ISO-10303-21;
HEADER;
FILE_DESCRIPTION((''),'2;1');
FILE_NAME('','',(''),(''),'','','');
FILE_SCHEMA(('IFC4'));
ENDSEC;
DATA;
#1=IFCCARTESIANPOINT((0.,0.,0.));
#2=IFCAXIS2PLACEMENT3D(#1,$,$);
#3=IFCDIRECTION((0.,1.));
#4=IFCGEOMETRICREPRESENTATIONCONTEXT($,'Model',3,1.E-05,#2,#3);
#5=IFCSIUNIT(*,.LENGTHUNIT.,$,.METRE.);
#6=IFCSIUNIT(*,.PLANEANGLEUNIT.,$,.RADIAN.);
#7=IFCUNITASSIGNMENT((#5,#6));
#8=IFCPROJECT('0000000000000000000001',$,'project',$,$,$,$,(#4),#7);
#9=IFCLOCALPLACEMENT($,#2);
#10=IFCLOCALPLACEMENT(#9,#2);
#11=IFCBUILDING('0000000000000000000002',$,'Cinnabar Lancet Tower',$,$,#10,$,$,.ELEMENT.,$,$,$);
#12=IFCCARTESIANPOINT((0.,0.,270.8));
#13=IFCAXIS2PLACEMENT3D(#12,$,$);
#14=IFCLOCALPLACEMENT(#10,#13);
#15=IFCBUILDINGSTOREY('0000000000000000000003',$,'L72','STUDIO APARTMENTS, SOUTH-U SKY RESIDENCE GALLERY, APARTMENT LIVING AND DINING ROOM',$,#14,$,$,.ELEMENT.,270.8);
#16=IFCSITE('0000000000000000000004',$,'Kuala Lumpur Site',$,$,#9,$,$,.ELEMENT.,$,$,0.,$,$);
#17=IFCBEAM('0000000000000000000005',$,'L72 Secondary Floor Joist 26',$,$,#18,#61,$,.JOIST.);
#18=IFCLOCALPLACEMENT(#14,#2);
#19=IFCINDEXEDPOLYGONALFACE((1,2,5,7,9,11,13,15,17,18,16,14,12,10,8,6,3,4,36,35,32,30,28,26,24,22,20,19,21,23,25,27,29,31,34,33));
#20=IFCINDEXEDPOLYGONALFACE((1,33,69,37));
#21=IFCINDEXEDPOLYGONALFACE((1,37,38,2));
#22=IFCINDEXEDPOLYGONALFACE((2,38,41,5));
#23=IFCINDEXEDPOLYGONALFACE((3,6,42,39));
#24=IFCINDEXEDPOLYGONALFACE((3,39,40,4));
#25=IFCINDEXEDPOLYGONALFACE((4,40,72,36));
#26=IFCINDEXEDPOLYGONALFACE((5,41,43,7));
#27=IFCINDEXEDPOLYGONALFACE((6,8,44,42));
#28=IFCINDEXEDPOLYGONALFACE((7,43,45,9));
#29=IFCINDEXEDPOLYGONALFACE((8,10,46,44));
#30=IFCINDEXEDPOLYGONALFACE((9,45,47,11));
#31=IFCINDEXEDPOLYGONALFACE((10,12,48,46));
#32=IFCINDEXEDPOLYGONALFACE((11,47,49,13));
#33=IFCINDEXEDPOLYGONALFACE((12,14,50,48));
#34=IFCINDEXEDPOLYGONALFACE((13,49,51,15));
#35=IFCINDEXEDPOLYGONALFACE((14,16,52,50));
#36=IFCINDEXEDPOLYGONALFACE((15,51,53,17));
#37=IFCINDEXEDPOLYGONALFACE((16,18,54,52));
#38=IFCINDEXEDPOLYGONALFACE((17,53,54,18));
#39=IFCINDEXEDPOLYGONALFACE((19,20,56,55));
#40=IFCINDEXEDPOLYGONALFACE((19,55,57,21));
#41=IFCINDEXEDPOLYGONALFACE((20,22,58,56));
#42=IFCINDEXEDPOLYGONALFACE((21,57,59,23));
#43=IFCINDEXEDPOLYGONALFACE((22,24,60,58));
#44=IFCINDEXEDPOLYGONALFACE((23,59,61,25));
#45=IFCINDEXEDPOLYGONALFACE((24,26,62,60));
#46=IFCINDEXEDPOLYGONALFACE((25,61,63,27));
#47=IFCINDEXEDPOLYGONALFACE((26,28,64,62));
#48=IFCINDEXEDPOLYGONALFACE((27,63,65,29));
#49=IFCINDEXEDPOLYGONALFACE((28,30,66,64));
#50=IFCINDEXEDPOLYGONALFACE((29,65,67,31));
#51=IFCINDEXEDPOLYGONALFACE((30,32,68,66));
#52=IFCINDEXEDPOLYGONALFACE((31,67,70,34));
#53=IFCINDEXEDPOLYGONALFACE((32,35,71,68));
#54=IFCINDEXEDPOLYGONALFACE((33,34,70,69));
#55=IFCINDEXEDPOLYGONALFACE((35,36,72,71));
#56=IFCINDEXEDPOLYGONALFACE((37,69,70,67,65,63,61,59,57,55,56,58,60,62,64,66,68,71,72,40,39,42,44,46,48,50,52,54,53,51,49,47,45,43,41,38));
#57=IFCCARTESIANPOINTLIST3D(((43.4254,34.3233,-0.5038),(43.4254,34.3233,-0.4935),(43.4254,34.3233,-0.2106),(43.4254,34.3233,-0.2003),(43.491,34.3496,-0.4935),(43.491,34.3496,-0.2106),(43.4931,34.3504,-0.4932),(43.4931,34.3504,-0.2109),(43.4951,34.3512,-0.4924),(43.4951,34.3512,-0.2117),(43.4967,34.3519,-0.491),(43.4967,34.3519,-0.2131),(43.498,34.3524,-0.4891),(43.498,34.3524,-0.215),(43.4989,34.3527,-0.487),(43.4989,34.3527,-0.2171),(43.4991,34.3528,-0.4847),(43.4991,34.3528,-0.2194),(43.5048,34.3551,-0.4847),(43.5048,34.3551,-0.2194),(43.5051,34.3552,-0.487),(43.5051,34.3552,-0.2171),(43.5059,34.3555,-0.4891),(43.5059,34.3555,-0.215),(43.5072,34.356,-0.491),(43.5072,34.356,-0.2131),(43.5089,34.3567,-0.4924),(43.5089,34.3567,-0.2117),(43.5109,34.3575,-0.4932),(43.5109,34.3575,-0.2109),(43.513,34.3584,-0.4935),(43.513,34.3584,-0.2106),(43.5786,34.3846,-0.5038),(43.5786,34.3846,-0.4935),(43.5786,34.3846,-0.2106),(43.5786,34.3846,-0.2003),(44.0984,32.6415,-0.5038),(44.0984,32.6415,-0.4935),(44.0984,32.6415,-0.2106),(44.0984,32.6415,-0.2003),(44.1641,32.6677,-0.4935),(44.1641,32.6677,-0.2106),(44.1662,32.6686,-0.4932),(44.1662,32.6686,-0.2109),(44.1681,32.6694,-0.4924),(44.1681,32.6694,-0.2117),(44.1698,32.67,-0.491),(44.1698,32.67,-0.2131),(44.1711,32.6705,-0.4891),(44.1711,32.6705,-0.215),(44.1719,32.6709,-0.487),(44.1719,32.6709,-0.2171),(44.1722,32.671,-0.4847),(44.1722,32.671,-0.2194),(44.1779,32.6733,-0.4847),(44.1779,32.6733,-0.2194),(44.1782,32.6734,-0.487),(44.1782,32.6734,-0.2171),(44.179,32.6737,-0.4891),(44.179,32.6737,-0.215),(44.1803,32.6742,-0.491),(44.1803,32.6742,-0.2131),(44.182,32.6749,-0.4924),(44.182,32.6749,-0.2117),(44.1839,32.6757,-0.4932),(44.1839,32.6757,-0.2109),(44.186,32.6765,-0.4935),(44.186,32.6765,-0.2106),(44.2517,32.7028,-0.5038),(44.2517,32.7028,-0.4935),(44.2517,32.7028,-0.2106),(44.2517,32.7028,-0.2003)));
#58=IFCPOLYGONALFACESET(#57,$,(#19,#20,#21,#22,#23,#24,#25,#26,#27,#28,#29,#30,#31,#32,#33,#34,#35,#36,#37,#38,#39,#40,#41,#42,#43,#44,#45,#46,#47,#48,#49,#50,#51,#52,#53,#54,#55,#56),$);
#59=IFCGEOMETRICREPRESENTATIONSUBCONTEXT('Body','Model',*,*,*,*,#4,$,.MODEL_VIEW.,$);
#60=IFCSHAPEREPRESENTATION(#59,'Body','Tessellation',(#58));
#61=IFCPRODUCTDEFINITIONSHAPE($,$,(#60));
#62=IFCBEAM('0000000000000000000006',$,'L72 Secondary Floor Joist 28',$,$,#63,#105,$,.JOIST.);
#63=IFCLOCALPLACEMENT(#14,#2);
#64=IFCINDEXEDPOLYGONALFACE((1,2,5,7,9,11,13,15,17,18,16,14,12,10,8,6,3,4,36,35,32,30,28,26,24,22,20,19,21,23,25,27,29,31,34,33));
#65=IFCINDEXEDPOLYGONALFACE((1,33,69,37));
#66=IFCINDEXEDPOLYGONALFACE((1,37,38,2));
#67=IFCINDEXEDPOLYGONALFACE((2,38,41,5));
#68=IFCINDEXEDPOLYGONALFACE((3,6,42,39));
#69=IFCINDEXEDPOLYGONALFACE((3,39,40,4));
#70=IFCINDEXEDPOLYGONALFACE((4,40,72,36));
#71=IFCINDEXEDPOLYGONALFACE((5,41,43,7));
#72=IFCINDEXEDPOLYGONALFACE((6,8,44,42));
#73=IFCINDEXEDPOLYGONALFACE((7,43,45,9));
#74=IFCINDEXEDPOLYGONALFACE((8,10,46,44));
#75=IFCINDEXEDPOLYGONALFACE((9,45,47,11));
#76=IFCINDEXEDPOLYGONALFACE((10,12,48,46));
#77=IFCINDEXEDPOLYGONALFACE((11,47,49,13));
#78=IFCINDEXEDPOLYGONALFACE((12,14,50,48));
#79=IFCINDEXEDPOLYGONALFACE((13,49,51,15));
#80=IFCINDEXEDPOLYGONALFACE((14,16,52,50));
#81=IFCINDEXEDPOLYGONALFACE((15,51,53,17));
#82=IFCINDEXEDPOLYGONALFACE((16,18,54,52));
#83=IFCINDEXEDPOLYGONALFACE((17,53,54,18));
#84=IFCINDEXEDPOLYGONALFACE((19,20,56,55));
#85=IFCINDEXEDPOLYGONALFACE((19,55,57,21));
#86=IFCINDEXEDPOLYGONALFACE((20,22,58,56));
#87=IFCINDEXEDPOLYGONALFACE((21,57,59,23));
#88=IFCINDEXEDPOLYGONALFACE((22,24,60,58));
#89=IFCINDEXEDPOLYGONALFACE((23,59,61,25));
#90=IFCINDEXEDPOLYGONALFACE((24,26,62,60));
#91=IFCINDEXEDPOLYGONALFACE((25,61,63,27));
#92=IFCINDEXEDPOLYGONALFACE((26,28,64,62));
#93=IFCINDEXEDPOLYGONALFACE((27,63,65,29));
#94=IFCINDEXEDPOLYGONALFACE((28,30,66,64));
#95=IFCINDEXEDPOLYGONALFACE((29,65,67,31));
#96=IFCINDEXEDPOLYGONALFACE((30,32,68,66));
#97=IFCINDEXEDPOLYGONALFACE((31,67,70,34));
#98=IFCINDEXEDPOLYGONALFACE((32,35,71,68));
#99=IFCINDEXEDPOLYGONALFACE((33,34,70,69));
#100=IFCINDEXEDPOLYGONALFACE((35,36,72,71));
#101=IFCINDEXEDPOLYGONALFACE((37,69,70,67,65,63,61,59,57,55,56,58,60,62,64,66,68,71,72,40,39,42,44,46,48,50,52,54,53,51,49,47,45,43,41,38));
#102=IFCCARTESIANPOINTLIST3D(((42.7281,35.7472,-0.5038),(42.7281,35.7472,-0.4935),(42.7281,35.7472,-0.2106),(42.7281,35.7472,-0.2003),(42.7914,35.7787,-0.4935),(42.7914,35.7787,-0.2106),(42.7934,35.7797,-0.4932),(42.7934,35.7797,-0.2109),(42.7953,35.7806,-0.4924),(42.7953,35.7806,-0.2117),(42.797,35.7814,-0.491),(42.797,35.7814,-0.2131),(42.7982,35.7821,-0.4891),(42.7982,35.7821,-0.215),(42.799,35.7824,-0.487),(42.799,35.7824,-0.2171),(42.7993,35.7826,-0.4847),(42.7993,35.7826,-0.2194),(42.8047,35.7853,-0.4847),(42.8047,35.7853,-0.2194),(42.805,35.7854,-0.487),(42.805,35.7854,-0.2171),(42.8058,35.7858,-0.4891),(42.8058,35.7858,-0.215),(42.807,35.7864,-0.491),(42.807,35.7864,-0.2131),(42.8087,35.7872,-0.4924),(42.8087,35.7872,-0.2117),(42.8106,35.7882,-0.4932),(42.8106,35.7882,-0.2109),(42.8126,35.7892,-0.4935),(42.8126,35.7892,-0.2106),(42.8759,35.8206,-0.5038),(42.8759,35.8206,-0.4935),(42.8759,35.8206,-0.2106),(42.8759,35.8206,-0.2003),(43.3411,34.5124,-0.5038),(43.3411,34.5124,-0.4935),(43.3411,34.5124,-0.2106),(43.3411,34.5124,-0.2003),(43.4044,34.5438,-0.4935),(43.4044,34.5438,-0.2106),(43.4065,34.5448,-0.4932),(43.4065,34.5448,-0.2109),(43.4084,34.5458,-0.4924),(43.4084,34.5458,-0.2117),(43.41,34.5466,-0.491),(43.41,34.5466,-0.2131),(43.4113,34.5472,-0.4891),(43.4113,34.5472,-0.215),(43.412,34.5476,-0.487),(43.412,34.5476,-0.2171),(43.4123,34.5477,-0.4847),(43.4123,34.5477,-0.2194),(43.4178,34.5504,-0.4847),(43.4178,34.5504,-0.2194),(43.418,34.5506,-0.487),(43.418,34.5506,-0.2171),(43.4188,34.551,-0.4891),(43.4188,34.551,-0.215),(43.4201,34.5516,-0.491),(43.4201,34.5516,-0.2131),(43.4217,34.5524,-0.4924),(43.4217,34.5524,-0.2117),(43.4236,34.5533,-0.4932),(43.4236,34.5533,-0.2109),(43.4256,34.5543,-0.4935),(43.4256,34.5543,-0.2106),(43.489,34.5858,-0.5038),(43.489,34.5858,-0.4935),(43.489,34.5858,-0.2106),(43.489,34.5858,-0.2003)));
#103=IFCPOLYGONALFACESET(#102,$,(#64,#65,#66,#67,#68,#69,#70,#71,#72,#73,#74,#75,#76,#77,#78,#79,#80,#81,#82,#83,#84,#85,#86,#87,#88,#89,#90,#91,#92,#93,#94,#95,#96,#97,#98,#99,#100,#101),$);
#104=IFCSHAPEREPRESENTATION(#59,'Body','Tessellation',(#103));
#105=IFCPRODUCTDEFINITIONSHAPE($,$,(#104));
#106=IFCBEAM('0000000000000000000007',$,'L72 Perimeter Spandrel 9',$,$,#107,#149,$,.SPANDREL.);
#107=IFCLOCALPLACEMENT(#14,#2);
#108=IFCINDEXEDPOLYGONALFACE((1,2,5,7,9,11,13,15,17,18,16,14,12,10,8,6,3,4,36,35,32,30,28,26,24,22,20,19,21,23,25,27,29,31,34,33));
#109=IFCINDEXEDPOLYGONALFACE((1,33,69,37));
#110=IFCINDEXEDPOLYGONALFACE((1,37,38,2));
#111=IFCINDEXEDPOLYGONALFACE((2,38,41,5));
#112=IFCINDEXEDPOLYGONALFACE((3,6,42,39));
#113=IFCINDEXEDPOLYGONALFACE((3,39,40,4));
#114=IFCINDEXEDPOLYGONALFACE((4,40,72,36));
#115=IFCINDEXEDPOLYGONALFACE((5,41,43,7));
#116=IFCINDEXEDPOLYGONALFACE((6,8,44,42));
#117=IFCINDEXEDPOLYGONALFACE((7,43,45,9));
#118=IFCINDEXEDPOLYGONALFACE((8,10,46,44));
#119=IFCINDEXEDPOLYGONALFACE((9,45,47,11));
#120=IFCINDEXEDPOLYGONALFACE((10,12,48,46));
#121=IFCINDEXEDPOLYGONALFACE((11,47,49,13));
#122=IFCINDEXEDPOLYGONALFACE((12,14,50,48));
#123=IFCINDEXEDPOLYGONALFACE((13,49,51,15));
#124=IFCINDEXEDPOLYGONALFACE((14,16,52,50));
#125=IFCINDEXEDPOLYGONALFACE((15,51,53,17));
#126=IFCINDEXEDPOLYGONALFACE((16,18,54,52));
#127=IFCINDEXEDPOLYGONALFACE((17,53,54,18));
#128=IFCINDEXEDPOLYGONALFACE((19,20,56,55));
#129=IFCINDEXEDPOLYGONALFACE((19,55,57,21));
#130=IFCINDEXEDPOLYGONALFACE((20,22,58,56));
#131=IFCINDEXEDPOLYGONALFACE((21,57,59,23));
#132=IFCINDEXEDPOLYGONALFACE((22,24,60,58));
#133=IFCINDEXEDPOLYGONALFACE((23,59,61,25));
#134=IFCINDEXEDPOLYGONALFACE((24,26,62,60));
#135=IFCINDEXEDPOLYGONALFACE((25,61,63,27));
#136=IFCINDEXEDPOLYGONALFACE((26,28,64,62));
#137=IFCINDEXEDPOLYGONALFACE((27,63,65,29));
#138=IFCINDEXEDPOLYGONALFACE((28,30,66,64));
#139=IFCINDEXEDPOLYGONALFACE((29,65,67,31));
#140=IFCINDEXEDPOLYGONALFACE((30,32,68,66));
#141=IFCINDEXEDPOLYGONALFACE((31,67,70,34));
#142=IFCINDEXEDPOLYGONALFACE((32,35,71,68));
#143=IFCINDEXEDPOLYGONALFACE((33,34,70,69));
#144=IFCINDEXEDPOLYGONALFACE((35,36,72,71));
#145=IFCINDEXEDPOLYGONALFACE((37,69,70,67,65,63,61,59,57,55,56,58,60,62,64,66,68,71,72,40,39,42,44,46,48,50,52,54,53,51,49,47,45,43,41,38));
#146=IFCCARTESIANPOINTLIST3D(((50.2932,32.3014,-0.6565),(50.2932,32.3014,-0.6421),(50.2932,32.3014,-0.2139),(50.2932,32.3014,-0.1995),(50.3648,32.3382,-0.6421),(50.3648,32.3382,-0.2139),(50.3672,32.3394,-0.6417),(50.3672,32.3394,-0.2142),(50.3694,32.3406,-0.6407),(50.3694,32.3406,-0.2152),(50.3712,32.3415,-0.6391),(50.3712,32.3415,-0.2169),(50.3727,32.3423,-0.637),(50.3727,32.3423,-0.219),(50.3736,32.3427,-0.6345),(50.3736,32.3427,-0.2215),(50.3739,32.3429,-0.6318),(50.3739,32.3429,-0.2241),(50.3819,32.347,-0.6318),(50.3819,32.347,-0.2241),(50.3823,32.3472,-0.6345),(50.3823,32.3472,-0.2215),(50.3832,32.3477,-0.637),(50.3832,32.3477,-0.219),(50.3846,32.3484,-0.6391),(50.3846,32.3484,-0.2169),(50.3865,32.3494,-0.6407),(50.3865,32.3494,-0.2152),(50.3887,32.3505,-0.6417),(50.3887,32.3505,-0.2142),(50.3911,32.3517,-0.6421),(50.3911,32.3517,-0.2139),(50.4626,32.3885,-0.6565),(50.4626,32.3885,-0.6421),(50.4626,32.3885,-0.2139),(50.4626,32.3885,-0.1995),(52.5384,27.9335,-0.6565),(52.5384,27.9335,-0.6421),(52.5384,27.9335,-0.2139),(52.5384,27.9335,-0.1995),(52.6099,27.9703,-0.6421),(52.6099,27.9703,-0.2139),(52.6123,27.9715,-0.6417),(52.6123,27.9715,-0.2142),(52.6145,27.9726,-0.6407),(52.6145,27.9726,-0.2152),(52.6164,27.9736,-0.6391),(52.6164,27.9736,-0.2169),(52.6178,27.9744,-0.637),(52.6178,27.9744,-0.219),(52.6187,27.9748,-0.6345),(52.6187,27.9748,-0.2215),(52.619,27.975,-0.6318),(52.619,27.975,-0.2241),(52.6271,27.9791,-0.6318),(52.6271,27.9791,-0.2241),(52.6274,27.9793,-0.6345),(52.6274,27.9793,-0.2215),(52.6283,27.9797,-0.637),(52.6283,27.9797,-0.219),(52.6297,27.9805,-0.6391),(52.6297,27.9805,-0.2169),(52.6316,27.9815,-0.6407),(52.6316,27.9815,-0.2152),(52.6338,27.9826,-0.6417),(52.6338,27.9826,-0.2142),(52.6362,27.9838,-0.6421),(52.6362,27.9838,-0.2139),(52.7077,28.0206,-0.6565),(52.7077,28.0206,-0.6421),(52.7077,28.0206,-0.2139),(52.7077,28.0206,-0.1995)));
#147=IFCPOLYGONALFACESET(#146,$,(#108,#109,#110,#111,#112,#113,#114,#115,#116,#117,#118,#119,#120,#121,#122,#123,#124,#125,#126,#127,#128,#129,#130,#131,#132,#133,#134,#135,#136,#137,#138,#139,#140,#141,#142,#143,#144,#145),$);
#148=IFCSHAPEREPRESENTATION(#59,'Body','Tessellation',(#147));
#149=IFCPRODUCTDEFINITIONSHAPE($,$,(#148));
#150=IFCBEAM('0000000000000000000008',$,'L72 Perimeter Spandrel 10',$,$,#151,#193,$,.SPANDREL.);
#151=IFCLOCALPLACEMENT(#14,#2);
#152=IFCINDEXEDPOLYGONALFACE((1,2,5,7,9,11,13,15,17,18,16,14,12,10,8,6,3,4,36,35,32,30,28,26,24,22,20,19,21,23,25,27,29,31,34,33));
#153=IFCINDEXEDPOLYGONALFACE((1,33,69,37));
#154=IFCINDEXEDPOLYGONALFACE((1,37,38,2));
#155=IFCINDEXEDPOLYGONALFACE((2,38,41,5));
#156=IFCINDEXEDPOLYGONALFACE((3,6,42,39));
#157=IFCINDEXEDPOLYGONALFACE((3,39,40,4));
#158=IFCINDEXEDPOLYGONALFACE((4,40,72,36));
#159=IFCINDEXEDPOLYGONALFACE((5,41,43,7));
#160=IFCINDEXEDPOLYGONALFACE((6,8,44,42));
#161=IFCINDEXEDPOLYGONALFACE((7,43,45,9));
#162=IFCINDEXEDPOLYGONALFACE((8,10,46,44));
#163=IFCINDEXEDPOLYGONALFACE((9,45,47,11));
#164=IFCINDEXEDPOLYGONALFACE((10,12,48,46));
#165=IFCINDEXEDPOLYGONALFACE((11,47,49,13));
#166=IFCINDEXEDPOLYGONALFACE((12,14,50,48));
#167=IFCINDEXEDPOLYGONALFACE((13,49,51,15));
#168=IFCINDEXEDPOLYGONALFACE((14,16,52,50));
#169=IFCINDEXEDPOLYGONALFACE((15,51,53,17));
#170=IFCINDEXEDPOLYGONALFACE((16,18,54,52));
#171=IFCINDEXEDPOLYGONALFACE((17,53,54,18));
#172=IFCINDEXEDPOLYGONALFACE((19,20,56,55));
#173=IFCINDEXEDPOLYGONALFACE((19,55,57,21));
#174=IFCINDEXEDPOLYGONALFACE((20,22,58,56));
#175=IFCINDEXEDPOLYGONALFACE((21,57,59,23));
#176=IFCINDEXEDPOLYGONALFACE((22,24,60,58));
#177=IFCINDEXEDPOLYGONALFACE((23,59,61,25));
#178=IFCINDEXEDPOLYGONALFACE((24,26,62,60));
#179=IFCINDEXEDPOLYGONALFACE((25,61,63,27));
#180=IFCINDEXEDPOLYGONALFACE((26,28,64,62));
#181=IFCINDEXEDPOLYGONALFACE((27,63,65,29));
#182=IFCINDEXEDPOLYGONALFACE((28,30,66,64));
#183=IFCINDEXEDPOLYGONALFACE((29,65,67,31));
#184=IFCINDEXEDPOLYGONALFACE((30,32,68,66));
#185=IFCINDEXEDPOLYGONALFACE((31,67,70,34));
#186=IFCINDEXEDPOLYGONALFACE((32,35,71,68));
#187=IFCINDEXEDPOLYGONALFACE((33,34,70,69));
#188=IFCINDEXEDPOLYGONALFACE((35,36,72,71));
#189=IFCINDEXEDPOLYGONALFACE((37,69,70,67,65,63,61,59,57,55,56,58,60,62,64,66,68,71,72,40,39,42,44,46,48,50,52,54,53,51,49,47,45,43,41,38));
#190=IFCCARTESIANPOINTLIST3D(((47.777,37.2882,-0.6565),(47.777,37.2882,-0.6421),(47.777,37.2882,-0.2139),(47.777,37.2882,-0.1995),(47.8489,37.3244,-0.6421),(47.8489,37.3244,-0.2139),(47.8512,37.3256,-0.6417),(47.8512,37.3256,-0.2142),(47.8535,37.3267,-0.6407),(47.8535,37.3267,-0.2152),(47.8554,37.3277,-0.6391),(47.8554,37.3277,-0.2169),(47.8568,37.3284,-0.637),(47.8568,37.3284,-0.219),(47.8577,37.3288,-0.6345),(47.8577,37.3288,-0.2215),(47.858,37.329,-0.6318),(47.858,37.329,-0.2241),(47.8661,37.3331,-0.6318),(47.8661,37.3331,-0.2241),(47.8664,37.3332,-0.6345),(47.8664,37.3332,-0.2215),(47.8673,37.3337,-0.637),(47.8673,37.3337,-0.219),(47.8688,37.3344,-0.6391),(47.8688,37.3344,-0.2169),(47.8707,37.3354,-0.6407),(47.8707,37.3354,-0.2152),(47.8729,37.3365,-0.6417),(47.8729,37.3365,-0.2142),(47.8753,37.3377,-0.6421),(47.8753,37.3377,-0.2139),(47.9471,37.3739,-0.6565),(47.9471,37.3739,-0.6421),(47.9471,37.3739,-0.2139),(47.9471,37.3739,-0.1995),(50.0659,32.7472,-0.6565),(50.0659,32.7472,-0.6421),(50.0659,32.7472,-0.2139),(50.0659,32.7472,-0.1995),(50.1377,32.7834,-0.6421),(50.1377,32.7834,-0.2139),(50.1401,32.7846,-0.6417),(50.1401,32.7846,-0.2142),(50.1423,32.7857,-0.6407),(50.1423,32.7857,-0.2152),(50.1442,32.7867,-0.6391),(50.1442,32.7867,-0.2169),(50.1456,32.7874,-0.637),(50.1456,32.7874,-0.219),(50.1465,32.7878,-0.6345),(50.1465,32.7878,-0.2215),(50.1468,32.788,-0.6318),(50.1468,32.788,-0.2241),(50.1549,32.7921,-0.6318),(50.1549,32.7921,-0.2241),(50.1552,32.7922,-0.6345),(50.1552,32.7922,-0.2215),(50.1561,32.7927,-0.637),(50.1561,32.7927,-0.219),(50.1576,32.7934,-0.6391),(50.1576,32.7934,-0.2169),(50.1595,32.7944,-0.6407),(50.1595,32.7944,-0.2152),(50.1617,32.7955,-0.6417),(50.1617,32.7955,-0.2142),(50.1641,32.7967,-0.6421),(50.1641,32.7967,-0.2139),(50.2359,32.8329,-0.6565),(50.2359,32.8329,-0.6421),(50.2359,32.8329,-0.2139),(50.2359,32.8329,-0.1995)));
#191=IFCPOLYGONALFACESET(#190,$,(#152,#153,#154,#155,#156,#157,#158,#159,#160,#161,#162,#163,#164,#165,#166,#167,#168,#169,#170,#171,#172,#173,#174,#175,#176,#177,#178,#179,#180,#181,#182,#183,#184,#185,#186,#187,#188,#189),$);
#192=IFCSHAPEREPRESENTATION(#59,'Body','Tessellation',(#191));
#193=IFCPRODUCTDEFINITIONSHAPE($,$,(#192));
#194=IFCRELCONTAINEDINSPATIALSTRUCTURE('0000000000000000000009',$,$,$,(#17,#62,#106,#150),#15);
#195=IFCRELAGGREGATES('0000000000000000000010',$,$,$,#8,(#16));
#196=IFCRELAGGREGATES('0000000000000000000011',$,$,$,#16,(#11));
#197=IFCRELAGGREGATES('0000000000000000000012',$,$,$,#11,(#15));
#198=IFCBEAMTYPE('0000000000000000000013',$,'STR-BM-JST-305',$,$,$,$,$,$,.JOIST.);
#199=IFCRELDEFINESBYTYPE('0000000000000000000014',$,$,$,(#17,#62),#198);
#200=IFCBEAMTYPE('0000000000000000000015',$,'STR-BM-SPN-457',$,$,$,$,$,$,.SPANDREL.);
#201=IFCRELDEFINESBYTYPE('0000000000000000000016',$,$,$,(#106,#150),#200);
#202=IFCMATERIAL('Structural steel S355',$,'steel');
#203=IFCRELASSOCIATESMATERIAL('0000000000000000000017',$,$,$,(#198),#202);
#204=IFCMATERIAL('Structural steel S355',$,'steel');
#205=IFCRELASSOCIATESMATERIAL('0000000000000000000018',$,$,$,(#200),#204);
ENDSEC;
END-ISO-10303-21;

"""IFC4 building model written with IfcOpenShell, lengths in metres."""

from ifc_helpers import new_model, si_unit, direction, frame, origin, origin_2d, place, context, subcontext, project, spatial, i_section, extrude, material, material_profile, profile_set, type_object, element, save


model = new_model("IFC4")

# Units and contexts
model_context = context("Model", 3, precision=1e-05, world=origin(), true_north=direction((0.0, 1.0)))
body_context = subcontext(model_context, "Body", "Model", "MODEL_VIEW")
ifc_project = project(units=[si_unit("LENGTHUNIT", "METRE"), si_unit("PLANEANGLEUNIT", "RADIAN")], contexts=[model_context])

# Site, building, storey
site_placement = place(None, origin())
site = spatial("IfcSite", under=ifc_project, at=site_placement, Name="Kuala Lumpur Site", CompositionType="ELEMENT", RefElevation=0.0)
building_placement = place(site_placement, origin())
building = spatial("IfcBuilding", under=site, at=building_placement, Name="Cinnabar Lancet Tower", CompositionType="ELEMENT")
storey_placement = place(building_placement, frame((0.0, 0.0, 270.8)))
storey = spatial("IfcBuildingStorey", under=building, at=storey_placement, Name="L72", Description="STUDIO APARTMENTS, SOUTH-U SKY RESIDENCE GALLERY, APARTMENT LIVING AND DINING ROOM", CompositionType="ELEMENT", Elevation=270.8)

# Beams
ifc_material_1 = material(Name="Structural steel S355", Category="steel")
ifc_material_profile_1 = material_profile(ifc_material_1, i_section(OverallWidth=0.165, OverallDepth=0.3035, WebThickness=0.0061, FlangeThickness=0.0103, FilletRadius=0.0088, at=origin_2d()), Name="UKB 305x165x40")
ifc_profile_set_1 = profile_set([ifc_material_profile_1], Name="Structural steel S355")
beam_type_1 = type_object("IfcBeamType", Name="STR-BM-JST-305", PredefinedType="JOIST", material=ifc_profile_set_1)
beam_1_placement = place(storey_placement, frame((44.175, 32.6721, -0.3521), z_axis=(-0.371553, 0.928412, 0.0), x_axis=(-0.928412, -0.371553, 0.0)))
element("IfcBeam", 1, at=beam_1_placement, inside=storey, type_object=beam_type_1, Name="L72 Secondary Floor Joist 26", PredefinedType="JOIST", context=body_context, shape_type="SweptSolid", body=[
    extrude(i_section(OverallWidth=0.165, OverallDepth=0.3035, WebThickness=0.0061, FlangeThickness=0.0103, FilletRadius=0.0088, at=origin_2d()), origin(), (0.0, 0.0, 1.0), 1.8115),
])
beam_2_placement = place(storey_placement, frame((43.415, 34.5491, -0.3521), z_axis=(-0.444662, 0.895699, 0.0), x_axis=(-0.895699, -0.444662, 0.0)))
element("IfcBeam", 2, at=beam_2_placement, inside=storey, type_object=beam_type_1, Name="L72 Secondary Floor Joist 28", PredefinedType="JOIST", context=body_context, shape_type="SweptSolid", body=[
    extrude(i_section(OverallWidth=0.165, OverallDepth=0.3035, WebThickness=0.0061, FlangeThickness=0.0103, FilletRadius=0.0088, at=origin_2d()), origin(), (0.0, 0.0, 1.0), 1.3787),
])
ifc_material_2 = material(Name="Structural steel S355", Category="steel")
ifc_material_profile_2 = material_profile(ifc_material_2, i_section(OverallWidth=0.1904, OverallDepth=0.457, WebThickness=0.009, FlangeThickness=0.0144, FilletRadius=0.0103, at=origin_2d()), Name="UKB 457x191x74")
ifc_profile_set_2 = profile_set([ifc_material_profile_2], Name="Structural steel S355")
beam_type_2 = type_object("IfcBeamType", Name="STR-BM-SPN-457", PredefinedType="SPANDREL", material=ifc_profile_set_2)
beam_3_placement = place(storey_placement, frame((52.623, 27.9771, -0.428), z_axis=(-0.457148, 0.889391, 0.0), x_axis=(-0.889391, -0.457148, 0.0)))
element("IfcBeam", 3, at=beam_3_placement, inside=storey, type_object=beam_type_2, Name="L72 Perimeter Spandrel 9", PredefinedType="SPANDREL", context=body_context, shape_type="SweptSolid", body=[
    extrude(i_section(OverallWidth=0.1904, OverallDepth=0.457, WebThickness=0.009, FlangeThickness=0.0144, FilletRadius=0.0103, at=origin_2d()), origin(), (0.0, 0.0, 1.0), 4.9111),
])
beam_4_placement = place(storey_placement, frame((50.1509, 32.79, -0.428), z_axis=(-0.450092, 0.892982, 0.0), x_axis=(-0.892982, -0.450092, 0.0)))
element("IfcBeam", 4, at=beam_4_placement, inside=storey, type_object=beam_type_2, Name="L72 Perimeter Spandrel 10", PredefinedType="SPANDREL", context=body_context, shape_type="SweptSolid", body=[
    extrude(i_section(OverallWidth=0.1904, OverallDepth=0.457, WebThickness=0.009, FlangeThickness=0.0144, FilletRadius=0.0103, at=origin_2d()), origin(), (0.0, 0.0, 1.0), 5.0852),
])

save(model, "model.ifc")
